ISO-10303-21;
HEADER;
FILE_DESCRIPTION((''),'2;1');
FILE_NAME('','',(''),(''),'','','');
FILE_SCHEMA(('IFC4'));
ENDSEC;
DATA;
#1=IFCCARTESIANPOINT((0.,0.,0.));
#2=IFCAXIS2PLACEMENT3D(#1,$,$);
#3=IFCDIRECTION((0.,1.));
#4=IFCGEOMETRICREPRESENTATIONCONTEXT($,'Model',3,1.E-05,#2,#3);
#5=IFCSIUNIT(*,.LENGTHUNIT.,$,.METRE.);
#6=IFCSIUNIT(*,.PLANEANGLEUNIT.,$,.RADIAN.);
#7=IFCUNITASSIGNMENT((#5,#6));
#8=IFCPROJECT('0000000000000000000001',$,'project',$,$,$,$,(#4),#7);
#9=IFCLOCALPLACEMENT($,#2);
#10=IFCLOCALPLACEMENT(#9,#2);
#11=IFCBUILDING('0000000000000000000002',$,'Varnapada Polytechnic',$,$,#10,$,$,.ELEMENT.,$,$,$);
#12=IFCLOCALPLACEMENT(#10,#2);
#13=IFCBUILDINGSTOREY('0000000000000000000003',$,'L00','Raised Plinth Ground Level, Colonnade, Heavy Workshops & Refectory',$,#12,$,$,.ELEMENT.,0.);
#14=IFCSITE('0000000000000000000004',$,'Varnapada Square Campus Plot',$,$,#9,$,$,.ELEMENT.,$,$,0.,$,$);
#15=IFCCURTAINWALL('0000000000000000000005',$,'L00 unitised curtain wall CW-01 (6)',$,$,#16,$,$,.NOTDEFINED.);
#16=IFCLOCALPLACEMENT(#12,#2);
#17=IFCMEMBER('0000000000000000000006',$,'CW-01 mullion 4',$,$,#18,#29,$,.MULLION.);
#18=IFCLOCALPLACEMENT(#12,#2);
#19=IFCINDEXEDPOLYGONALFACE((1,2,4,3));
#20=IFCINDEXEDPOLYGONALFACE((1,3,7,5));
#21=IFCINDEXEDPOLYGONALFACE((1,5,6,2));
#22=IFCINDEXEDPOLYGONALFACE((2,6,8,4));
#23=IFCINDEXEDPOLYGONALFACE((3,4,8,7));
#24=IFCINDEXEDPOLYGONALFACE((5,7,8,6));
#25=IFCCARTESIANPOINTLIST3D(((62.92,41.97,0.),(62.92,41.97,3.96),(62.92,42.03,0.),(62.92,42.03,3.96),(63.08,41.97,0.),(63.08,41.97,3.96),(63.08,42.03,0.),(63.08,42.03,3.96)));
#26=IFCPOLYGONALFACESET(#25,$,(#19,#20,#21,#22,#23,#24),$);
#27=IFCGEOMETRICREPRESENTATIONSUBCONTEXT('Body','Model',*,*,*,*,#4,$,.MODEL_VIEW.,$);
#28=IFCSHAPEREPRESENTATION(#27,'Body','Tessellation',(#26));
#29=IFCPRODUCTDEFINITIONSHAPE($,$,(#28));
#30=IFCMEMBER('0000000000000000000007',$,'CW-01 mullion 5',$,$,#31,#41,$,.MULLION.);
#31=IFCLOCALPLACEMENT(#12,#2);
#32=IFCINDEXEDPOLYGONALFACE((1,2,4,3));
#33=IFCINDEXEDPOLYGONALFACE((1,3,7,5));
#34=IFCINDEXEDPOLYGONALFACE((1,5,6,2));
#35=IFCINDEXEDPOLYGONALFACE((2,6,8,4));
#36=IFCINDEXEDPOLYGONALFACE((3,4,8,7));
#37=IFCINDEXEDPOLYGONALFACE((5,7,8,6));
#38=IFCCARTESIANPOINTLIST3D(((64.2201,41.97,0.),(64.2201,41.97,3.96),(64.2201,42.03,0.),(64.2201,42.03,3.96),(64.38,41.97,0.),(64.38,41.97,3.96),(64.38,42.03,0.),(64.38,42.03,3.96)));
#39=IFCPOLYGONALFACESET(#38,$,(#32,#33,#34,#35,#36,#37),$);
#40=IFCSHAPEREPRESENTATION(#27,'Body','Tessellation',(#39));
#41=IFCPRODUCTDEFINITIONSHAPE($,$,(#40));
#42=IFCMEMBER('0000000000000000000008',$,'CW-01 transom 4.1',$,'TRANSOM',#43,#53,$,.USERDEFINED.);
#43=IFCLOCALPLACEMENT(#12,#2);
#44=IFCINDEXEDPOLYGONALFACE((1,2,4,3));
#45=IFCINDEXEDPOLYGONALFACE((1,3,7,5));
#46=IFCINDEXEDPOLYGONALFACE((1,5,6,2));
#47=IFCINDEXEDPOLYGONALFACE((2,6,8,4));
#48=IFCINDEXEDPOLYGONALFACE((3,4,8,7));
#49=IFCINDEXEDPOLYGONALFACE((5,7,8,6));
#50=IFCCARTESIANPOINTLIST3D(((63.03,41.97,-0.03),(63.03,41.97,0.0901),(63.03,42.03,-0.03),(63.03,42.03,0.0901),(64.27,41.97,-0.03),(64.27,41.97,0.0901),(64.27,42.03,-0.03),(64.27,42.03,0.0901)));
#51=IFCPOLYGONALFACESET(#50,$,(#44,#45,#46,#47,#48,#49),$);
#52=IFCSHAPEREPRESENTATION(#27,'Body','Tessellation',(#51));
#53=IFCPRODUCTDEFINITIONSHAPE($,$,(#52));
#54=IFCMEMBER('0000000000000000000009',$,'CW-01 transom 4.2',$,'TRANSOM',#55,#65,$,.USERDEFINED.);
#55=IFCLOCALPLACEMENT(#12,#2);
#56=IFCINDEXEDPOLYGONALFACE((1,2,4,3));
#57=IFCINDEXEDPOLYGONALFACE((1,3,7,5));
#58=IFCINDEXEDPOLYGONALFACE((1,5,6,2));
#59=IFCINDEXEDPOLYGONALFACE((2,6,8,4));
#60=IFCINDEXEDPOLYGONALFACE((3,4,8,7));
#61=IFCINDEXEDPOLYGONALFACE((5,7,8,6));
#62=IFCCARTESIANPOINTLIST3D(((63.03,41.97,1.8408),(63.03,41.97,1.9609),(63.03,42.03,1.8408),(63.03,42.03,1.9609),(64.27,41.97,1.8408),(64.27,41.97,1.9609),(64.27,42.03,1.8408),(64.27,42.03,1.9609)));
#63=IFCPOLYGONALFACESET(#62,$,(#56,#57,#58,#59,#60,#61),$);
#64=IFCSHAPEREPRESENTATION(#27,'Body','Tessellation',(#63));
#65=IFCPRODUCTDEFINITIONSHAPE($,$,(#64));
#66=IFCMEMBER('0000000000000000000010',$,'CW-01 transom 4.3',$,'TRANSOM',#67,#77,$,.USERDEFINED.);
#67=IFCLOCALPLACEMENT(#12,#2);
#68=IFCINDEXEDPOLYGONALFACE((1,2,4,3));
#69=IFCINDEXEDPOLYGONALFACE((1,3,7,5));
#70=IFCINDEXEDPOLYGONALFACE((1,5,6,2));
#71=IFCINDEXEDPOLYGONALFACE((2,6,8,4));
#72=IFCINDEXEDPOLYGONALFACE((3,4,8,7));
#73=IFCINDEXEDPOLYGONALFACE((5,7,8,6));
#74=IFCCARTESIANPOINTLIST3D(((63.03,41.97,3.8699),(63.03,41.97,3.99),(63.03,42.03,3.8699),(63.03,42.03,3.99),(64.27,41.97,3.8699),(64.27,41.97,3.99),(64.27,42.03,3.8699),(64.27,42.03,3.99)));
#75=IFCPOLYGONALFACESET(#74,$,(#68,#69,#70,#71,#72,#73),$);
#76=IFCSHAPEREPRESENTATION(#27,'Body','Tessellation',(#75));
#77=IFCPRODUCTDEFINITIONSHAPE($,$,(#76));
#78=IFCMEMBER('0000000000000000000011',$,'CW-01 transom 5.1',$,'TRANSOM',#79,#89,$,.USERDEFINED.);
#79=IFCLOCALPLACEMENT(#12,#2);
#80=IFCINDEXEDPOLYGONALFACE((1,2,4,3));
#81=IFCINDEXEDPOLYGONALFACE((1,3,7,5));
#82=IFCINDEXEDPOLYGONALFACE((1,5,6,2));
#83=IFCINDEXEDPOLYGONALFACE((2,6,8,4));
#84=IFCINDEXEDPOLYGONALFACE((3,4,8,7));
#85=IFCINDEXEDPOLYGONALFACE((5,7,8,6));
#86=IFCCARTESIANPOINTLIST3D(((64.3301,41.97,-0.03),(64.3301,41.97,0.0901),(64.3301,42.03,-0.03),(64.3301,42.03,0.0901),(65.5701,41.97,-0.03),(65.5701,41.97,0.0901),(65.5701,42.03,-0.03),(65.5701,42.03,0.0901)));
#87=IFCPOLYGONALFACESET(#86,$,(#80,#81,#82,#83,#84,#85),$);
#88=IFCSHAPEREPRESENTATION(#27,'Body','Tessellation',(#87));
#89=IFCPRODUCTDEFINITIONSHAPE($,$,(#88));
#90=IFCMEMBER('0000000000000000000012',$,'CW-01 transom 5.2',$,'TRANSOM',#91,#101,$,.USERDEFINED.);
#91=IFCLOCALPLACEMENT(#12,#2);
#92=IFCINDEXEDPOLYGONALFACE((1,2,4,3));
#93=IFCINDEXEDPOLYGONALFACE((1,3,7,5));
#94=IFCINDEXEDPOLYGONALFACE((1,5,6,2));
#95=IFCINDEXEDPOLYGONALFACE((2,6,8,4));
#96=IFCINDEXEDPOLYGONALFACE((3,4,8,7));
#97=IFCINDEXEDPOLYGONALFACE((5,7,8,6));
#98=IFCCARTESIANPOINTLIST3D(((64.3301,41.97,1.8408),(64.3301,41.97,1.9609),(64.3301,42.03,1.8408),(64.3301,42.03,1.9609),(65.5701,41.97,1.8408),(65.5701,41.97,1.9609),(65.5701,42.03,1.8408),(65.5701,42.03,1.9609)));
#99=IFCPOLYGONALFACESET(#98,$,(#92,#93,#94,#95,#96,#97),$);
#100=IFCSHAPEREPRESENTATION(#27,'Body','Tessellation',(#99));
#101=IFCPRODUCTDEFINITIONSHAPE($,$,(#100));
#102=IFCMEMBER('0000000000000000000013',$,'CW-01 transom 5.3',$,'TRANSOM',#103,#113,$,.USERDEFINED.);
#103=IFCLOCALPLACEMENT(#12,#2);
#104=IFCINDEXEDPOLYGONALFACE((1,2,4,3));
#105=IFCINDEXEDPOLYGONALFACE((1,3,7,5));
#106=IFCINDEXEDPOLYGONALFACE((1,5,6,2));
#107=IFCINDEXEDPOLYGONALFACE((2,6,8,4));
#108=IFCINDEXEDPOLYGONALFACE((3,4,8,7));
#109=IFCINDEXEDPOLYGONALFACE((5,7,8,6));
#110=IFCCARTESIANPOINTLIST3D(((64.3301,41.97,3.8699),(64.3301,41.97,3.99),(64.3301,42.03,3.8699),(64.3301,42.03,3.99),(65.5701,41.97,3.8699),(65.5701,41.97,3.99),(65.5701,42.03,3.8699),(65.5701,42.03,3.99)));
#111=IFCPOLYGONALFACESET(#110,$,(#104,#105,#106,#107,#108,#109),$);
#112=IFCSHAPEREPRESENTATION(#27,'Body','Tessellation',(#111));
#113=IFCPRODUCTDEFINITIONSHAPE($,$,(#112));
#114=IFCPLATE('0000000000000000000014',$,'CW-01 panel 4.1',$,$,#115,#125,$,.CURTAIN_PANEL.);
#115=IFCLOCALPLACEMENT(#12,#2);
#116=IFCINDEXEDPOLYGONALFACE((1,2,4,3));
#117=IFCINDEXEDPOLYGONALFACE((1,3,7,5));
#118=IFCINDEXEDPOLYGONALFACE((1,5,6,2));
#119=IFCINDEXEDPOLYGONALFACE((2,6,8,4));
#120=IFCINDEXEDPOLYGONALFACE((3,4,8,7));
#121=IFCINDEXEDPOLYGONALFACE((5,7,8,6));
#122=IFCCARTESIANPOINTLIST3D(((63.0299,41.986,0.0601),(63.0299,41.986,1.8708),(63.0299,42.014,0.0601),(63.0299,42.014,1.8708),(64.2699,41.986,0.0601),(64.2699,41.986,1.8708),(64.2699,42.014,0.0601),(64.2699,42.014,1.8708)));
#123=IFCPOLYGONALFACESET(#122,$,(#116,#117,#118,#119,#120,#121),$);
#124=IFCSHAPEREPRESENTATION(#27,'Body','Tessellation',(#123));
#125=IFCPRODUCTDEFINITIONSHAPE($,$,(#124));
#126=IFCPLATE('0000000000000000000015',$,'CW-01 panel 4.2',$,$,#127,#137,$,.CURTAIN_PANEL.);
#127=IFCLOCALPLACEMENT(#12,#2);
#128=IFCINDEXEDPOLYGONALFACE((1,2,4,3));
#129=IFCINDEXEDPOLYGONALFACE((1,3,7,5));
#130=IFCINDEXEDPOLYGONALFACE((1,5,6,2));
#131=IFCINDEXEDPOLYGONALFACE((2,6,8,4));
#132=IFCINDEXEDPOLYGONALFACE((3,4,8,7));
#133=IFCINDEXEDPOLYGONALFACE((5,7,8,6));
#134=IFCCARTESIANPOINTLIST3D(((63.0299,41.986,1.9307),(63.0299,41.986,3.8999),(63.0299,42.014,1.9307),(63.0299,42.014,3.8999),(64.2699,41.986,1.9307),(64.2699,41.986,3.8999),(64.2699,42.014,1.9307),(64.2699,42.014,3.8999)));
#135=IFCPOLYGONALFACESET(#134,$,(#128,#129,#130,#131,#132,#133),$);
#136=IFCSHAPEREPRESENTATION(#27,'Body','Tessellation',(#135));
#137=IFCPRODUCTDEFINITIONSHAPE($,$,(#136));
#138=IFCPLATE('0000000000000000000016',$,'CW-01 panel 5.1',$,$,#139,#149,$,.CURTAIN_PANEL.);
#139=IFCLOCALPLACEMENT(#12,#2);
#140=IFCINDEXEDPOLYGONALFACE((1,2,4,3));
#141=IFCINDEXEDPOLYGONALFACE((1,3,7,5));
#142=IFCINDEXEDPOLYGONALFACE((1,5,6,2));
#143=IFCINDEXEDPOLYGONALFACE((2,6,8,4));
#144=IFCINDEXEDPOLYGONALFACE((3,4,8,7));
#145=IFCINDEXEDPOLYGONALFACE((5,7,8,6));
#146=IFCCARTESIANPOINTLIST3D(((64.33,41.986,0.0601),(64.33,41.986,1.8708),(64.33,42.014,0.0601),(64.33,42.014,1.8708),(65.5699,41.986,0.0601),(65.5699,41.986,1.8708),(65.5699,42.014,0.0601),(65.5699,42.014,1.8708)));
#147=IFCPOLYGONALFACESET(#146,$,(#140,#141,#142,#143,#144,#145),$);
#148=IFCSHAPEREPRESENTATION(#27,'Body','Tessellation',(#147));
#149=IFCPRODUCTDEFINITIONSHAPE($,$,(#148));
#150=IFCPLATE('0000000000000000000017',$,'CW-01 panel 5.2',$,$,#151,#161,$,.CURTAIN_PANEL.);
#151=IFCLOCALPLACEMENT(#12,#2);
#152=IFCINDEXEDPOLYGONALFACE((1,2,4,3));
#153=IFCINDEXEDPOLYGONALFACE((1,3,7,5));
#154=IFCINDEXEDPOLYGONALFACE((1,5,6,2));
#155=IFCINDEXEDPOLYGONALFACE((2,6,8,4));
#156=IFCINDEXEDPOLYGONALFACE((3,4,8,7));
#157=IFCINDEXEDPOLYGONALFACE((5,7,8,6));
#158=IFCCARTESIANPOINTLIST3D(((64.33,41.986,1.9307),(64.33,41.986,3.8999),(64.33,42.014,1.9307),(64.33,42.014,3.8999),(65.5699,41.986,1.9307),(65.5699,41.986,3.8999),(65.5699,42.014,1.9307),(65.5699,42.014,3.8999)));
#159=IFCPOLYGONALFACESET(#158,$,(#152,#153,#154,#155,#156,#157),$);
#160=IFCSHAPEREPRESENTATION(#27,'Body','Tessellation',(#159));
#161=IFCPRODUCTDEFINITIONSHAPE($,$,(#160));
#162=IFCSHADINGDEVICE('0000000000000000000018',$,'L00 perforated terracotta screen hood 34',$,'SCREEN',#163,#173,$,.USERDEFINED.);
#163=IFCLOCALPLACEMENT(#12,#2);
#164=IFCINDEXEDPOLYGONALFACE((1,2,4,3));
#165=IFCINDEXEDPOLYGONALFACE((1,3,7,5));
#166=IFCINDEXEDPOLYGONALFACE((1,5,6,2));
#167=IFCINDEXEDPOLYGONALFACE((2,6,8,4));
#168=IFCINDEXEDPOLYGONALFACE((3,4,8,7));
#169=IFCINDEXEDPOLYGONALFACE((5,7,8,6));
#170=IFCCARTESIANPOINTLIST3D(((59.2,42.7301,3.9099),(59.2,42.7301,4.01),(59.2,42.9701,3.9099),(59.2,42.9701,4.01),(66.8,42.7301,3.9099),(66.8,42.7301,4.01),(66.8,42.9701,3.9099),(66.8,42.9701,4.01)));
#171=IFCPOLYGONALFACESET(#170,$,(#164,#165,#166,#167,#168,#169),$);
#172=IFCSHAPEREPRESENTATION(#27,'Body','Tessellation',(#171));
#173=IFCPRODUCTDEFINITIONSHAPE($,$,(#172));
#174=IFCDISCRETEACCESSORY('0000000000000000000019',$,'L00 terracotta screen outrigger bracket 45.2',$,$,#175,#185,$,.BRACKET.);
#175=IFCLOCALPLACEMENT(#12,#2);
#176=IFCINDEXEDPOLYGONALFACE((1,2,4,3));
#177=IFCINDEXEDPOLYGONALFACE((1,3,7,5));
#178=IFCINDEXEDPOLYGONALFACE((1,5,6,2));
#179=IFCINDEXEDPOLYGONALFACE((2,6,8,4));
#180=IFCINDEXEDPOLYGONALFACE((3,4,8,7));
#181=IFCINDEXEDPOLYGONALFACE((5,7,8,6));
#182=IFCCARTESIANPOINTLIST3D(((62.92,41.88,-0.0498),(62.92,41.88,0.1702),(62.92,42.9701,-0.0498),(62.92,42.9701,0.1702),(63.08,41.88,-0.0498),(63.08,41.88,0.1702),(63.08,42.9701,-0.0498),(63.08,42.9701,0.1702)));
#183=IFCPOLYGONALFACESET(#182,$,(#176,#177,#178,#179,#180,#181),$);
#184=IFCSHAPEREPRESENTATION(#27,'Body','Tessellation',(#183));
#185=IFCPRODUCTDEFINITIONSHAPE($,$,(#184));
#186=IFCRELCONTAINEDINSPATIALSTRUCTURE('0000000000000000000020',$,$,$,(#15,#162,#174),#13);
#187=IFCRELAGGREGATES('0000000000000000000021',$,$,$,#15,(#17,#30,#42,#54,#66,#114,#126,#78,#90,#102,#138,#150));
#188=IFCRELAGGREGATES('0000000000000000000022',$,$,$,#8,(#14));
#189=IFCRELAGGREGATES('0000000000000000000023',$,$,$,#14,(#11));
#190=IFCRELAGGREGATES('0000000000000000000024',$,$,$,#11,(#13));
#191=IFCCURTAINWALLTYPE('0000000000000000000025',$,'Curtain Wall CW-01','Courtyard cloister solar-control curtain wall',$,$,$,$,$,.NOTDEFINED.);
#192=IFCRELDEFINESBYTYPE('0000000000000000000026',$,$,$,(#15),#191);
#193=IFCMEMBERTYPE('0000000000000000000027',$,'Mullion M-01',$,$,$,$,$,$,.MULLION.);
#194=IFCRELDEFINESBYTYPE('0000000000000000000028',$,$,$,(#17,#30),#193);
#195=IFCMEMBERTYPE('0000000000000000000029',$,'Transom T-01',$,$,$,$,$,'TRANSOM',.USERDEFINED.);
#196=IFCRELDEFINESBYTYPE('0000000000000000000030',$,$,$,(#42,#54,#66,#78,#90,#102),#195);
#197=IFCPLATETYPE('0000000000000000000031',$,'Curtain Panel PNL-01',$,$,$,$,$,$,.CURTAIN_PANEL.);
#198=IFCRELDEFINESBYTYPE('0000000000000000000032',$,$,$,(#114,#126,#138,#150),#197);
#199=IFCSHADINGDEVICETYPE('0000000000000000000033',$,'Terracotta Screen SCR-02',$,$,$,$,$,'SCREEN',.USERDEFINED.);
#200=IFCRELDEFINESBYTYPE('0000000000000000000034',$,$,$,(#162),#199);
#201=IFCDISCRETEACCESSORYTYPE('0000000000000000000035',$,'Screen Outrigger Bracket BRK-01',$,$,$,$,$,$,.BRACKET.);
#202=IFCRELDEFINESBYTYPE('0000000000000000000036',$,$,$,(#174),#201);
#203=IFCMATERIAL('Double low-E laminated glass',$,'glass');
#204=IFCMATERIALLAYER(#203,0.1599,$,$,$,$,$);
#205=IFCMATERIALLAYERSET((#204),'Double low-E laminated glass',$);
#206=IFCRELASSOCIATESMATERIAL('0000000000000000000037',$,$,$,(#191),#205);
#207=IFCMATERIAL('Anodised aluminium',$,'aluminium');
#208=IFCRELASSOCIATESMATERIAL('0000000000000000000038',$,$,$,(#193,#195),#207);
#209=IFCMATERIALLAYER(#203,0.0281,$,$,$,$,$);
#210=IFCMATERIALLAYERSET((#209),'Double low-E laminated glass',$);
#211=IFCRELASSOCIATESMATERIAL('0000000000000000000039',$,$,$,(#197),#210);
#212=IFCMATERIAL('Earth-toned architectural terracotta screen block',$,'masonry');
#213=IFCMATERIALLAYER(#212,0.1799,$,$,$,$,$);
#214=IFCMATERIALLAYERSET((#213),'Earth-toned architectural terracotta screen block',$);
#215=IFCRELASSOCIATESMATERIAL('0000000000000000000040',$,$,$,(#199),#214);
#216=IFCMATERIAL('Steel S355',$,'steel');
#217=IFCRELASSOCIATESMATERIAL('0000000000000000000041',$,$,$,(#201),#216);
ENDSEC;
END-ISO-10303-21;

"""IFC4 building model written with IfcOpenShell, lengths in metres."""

from ifc_helpers import new_model, si_unit, direction, frame, origin, origin_2d, place, context, subcontext, project, spatial, rectangle, extrude, material, layer, layer_set, material_profile, profile_set, type_object, element, aggregate, save


model = new_model("IFC4")

# Units and contexts
model_context = context("Model", 3, precision=1e-05, world=origin(), true_north=direction((0.0, 1.0)))
body_context = subcontext(model_context, "Body", "Model", "MODEL_VIEW")
ifc_project = project(units=[si_unit("LENGTHUNIT", "METRE"), si_unit("PLANEANGLEUNIT", "RADIAN")], contexts=[model_context])

# Site, building, storey
site_placement = place(None, origin())
site = spatial("IfcSite", under=ifc_project, at=site_placement, Name="Varnapada Square Campus Plot", CompositionType="ELEMENT", RefElevation=0.0)
building_placement = place(site_placement, origin())
building = spatial("IfcBuilding", under=site, at=building_placement, Name="Varnapada Polytechnic", CompositionType="ELEMENT")
storey_placement = place(building_placement, origin())
storey = spatial("IfcBuildingStorey", under=building, at=storey_placement, Name="L00", Description="Raised Plinth Ground Level, Colonnade, Heavy Workshops & Refectory", CompositionType="ELEMENT", Elevation=0.0)

# Curtain wall, members, plates
ifc_material_1 = material(Name="Double low-E laminated glass", Category="glass")
ifc_layer_1 = layer(ifc_material_1, 0.1599)
ifc_layer_set_1 = layer_set([ifc_layer_1], Name="Double low-E laminated glass")
curtain_wall_type = type_object("IfcCurtainWallType", Name="Curtain Wall CW-01", Description="Courtyard cloister solar-control curtain wall", PredefinedType="NOTDEFINED", material=ifc_layer_set_1)
curtain_wall_placement = place(storey_placement, origin())
curtain_wall = element("IfcCurtainWall", 1, at=curtain_wall_placement, inside=storey, type_object=curtain_wall_type, Name="L00 unitised curtain wall CW-01 (6)", PredefinedType="NOTDEFINED")
ifc_material_2 = material(Name="Anodised aluminium", Category="aluminium")
ifc_material_profile_1 = material_profile(ifc_material_2, rectangle(XDim=0.0601, YDim=0.1599, at=origin_2d()), Name="ALU M60x160")
ifc_profile_set_1 = profile_set([ifc_material_profile_1], Name="Anodised aluminium")
member_type_1 = type_object("IfcMemberType", Name="Mullion M-01", PredefinedType="MULLION", material=ifc_profile_set_1)
member_1_placement = place(storey_placement, frame((63.0, 42.0, 0.0), z_axis=(0.0, 0.0, 1.0), x_axis=(0.0, 1.0, 0.0)))
member_1 = element("IfcMember", 2, at=member_1_placement, type_object=member_type_1, Name="CW-01 mullion 4", PredefinedType="MULLION", context=body_context, shape_type="SweptSolid", body=[
    extrude(rectangle(XDim=0.0601, YDim=0.1599, at=origin_2d()), origin(), (0.0, 0.0, 1.0), 3.96),
])
member_2_placement = place(storey_placement, frame((64.3, 42.0, 0.0), z_axis=(0.0, 0.0, 1.0), x_axis=(0.0, 1.0, 0.0)))
member_2 = element("IfcMember", 3, at=member_2_placement, type_object=member_type_1, Name="CW-01 mullion 5", PredefinedType="MULLION", context=body_context, shape_type="SweptSolid", body=[
    extrude(rectangle(XDim=0.0601, YDim=0.1599, at=origin_2d()), origin(), (0.0, 0.0, 1.0), 3.96),
])
ifc_material_profile_2 = material_profile(ifc_material_2, rectangle(XDim=0.0601, YDim=0.1201, at=origin_2d()), Name="ALU T60x120")
ifc_profile_set_2 = profile_set([ifc_material_profile_2], Name="Anodised aluminium")
member_type_2 = type_object("IfcMemberType", Name="Transom T-01", ElementType="TRANSOM", PredefinedType="USERDEFINED", material=ifc_profile_set_2)
member_3_placement = place(storey_placement, frame((63.03, 42.0, 0.03), z_axis=(1.0, 0.0, 0.0), x_axis=(0.0, 1.0, 0.0)))
member_3 = element("IfcMember", 4, at=member_3_placement, type_object=member_type_2, Name="CW-01 transom 4.1", ObjectType="TRANSOM", PredefinedType="USERDEFINED", context=body_context, shape_type="SweptSolid", body=[
    extrude(rectangle(XDim=0.0601, YDim=0.1201, at=origin_2d()), origin(), (0.0, 0.0, 1.0), 1.24),
])
member_4_placement = place(storey_placement, frame((63.03, 42.0, 1.9009), z_axis=(1.0, 0.0, 0.0), x_axis=(0.0, 1.0, 0.0)))
member_4 = element("IfcMember", 5, at=member_4_placement, type_object=member_type_2, Name="CW-01 transom 4.2", ObjectType="TRANSOM", PredefinedType="USERDEFINED", context=body_context, shape_type="SweptSolid", body=[
    extrude(rectangle(XDim=0.0601, YDim=0.1201, at=origin_2d()), origin(), (0.0, 0.0, 1.0), 1.24),
])
member_5_placement = place(storey_placement, frame((63.03, 42.0, 3.9299), z_axis=(1.0, 0.0, 0.0), x_axis=(0.0, 1.0, 0.0)))
member_5 = element("IfcMember", 6, at=member_5_placement, type_object=member_type_2, Name="CW-01 transom 4.3", ObjectType="TRANSOM", PredefinedType="USERDEFINED", context=body_context, shape_type="SweptSolid", body=[
    extrude(rectangle(XDim=0.0601, YDim=0.1201, at=origin_2d()), origin(), (0.0, 0.0, 1.0), 1.24),
])
member_6_placement = place(storey_placement, frame((64.3301, 42.0, 0.03), z_axis=(1.0, 0.0, 0.0), x_axis=(0.0, 1.0, 0.0)))
member_6 = element("IfcMember", 7, at=member_6_placement, type_object=member_type_2, Name="CW-01 transom 5.1", ObjectType="TRANSOM", PredefinedType="USERDEFINED", context=body_context, shape_type="SweptSolid", body=[
    extrude(rectangle(XDim=0.0601, YDim=0.1201, at=origin_2d()), origin(), (0.0, 0.0, 1.0), 1.24),
])
member_7_placement = place(storey_placement, frame((64.3301, 42.0, 1.9009), z_axis=(1.0, 0.0, 0.0), x_axis=(0.0, 1.0, 0.0)))
member_7 = element("IfcMember", 8, at=member_7_placement, type_object=member_type_2, Name="CW-01 transom 5.2", ObjectType="TRANSOM", PredefinedType="USERDEFINED", context=body_context, shape_type="SweptSolid", body=[
    extrude(rectangle(XDim=0.0601, YDim=0.1201, at=origin_2d()), origin(), (0.0, 0.0, 1.0), 1.24),
])
member_8_placement = place(storey_placement, frame((64.3301, 42.0, 3.9299), z_axis=(1.0, 0.0, 0.0), x_axis=(0.0, 1.0, 0.0)))
member_8 = element("IfcMember", 9, at=member_8_placement, type_object=member_type_2, Name="CW-01 transom 5.3", ObjectType="TRANSOM", PredefinedType="USERDEFINED", context=body_context, shape_type="SweptSolid", body=[
    extrude(rectangle(XDim=0.0601, YDim=0.1201, at=origin_2d()), origin(), (0.0, 0.0, 1.0), 1.24),
])
ifc_layer_2 = layer(ifc_material_1, 0.0281)
ifc_layer_set_2 = layer_set([ifc_layer_2], Name="Double low-E laminated glass")
plate_type = type_object("IfcPlateType", Name="Curtain Panel PNL-01", PredefinedType="CURTAIN_PANEL", material=ifc_layer_set_2)
plate_1_placement = place(storey_placement, frame((63.6499, 42.0, 0.0601), z_axis=(0.0, 0.0, 1.0), x_axis=(1.0, 0.0, 0.0)))
plate_1 = element("IfcPlate", 10, at=plate_1_placement, type_object=plate_type, Name="CW-01 panel 4.1", PredefinedType="CURTAIN_PANEL", context=body_context, shape_type="SweptSolid", body=[
    extrude(rectangle(XDim=1.24, YDim=0.0281, at=origin_2d()), origin(), (0.0, 0.0, 1.0), 1.8108),
])
plate_2_placement = place(storey_placement, frame((63.6499, 42.0, 1.9307), z_axis=(0.0, 0.0, 1.0), x_axis=(1.0, 0.0, 0.0)))
plate_2 = element("IfcPlate", 11, at=plate_2_placement, type_object=plate_type, Name="CW-01 panel 4.2", PredefinedType="CURTAIN_PANEL", context=body_context, shape_type="SweptSolid", body=[
    extrude(rectangle(XDim=1.24, YDim=0.0281, at=origin_2d()), origin(), (0.0, 0.0, 1.0), 1.9692),
])
plate_3_placement = place(storey_placement, frame((64.95, 42.0, 0.0601), z_axis=(0.0, 0.0, 1.0), x_axis=(1.0, 0.0, 0.0)))
plate_3 = element("IfcPlate", 12, at=plate_3_placement, type_object=plate_type, Name="CW-01 panel 5.1", PredefinedType="CURTAIN_PANEL", context=body_context, shape_type="SweptSolid", body=[
    extrude(rectangle(XDim=1.24, YDim=0.0281, at=origin_2d()), origin(), (0.0, 0.0, 1.0), 1.8108),
])
plate_4_placement = place(storey_placement, frame((64.95, 42.0, 1.9307), z_axis=(0.0, 0.0, 1.0), x_axis=(1.0, 0.0, 0.0)))
plate_4 = element("IfcPlate", 13, at=plate_4_placement, type_object=plate_type, Name="CW-01 panel 5.2", PredefinedType="CURTAIN_PANEL", context=body_context, shape_type="SweptSolid", body=[
    extrude(rectangle(XDim=1.24, YDim=0.0281, at=origin_2d()), origin(), (0.0, 0.0, 1.0), 1.9692),
])
aggregate(curtain_wall, [member_1, member_2, member_3, member_4, member_5, plate_1, plate_2, member_6, member_7, member_8, plate_3, plate_4])

# Shading device
ifc_material_3 = material(Name="Earth-toned architectural terracotta screen block", Category="masonry")
ifc_layer_3 = layer(ifc_material_3, 0.1799)
ifc_layer_set_3 = layer_set([ifc_layer_3], Name="Earth-toned architectural terracotta screen block")
shading_device_type = type_object("IfcShadingDeviceType", Name="Terracotta Screen SCR-02", ElementType="SCREEN", PredefinedType="USERDEFINED", material=ifc_layer_set_3)
shading_device_placement = place(storey_placement, frame((63.0, 42.8501, 3.9099), z_axis=(0.0, 0.0, 1.0), x_axis=(1.0, 0.0, 0.0)))
element("IfcShadingDevice", 14, at=shading_device_placement, inside=storey, type_object=shading_device_type, Name="L00 perforated terracotta screen hood 34", ObjectType="SCREEN", PredefinedType="USERDEFINED", context=body_context, shape_type="SweptSolid", body=[
    extrude(rectangle(XDim=7.6001, YDim=0.24, at=origin_2d()), origin(), (0.0, 0.0, 1.0), 0.1001),
])

# Discrete accessory
ifc_material_4 = material(Name="Steel S355", Category="steel")
discrete_accessory_type = type_object("IfcDiscreteAccessoryType", Name="Screen Outrigger Bracket BRK-01", PredefinedType="BRACKET", material=ifc_material_4)
discrete_accessory_placement = place(storey_placement, frame((63.0, 42.425, -0.0498), z_axis=(0.0, 0.0, 1.0), x_axis=(1.0, 0.0, 0.0)))
element("IfcDiscreteAccessory", 15, at=discrete_accessory_placement, inside=storey, type_object=discrete_accessory_type, Name="L00 terracotta screen outrigger bracket 45.2", PredefinedType="BRACKET", context=body_context, shape_type="SweptSolid", body=[
    extrude(rectangle(XDim=0.1599, YDim=1.0901, at=origin_2d()), origin(), (0.0, 0.0, 1.0), 0.22),
])

save(model, "model.ifc")
